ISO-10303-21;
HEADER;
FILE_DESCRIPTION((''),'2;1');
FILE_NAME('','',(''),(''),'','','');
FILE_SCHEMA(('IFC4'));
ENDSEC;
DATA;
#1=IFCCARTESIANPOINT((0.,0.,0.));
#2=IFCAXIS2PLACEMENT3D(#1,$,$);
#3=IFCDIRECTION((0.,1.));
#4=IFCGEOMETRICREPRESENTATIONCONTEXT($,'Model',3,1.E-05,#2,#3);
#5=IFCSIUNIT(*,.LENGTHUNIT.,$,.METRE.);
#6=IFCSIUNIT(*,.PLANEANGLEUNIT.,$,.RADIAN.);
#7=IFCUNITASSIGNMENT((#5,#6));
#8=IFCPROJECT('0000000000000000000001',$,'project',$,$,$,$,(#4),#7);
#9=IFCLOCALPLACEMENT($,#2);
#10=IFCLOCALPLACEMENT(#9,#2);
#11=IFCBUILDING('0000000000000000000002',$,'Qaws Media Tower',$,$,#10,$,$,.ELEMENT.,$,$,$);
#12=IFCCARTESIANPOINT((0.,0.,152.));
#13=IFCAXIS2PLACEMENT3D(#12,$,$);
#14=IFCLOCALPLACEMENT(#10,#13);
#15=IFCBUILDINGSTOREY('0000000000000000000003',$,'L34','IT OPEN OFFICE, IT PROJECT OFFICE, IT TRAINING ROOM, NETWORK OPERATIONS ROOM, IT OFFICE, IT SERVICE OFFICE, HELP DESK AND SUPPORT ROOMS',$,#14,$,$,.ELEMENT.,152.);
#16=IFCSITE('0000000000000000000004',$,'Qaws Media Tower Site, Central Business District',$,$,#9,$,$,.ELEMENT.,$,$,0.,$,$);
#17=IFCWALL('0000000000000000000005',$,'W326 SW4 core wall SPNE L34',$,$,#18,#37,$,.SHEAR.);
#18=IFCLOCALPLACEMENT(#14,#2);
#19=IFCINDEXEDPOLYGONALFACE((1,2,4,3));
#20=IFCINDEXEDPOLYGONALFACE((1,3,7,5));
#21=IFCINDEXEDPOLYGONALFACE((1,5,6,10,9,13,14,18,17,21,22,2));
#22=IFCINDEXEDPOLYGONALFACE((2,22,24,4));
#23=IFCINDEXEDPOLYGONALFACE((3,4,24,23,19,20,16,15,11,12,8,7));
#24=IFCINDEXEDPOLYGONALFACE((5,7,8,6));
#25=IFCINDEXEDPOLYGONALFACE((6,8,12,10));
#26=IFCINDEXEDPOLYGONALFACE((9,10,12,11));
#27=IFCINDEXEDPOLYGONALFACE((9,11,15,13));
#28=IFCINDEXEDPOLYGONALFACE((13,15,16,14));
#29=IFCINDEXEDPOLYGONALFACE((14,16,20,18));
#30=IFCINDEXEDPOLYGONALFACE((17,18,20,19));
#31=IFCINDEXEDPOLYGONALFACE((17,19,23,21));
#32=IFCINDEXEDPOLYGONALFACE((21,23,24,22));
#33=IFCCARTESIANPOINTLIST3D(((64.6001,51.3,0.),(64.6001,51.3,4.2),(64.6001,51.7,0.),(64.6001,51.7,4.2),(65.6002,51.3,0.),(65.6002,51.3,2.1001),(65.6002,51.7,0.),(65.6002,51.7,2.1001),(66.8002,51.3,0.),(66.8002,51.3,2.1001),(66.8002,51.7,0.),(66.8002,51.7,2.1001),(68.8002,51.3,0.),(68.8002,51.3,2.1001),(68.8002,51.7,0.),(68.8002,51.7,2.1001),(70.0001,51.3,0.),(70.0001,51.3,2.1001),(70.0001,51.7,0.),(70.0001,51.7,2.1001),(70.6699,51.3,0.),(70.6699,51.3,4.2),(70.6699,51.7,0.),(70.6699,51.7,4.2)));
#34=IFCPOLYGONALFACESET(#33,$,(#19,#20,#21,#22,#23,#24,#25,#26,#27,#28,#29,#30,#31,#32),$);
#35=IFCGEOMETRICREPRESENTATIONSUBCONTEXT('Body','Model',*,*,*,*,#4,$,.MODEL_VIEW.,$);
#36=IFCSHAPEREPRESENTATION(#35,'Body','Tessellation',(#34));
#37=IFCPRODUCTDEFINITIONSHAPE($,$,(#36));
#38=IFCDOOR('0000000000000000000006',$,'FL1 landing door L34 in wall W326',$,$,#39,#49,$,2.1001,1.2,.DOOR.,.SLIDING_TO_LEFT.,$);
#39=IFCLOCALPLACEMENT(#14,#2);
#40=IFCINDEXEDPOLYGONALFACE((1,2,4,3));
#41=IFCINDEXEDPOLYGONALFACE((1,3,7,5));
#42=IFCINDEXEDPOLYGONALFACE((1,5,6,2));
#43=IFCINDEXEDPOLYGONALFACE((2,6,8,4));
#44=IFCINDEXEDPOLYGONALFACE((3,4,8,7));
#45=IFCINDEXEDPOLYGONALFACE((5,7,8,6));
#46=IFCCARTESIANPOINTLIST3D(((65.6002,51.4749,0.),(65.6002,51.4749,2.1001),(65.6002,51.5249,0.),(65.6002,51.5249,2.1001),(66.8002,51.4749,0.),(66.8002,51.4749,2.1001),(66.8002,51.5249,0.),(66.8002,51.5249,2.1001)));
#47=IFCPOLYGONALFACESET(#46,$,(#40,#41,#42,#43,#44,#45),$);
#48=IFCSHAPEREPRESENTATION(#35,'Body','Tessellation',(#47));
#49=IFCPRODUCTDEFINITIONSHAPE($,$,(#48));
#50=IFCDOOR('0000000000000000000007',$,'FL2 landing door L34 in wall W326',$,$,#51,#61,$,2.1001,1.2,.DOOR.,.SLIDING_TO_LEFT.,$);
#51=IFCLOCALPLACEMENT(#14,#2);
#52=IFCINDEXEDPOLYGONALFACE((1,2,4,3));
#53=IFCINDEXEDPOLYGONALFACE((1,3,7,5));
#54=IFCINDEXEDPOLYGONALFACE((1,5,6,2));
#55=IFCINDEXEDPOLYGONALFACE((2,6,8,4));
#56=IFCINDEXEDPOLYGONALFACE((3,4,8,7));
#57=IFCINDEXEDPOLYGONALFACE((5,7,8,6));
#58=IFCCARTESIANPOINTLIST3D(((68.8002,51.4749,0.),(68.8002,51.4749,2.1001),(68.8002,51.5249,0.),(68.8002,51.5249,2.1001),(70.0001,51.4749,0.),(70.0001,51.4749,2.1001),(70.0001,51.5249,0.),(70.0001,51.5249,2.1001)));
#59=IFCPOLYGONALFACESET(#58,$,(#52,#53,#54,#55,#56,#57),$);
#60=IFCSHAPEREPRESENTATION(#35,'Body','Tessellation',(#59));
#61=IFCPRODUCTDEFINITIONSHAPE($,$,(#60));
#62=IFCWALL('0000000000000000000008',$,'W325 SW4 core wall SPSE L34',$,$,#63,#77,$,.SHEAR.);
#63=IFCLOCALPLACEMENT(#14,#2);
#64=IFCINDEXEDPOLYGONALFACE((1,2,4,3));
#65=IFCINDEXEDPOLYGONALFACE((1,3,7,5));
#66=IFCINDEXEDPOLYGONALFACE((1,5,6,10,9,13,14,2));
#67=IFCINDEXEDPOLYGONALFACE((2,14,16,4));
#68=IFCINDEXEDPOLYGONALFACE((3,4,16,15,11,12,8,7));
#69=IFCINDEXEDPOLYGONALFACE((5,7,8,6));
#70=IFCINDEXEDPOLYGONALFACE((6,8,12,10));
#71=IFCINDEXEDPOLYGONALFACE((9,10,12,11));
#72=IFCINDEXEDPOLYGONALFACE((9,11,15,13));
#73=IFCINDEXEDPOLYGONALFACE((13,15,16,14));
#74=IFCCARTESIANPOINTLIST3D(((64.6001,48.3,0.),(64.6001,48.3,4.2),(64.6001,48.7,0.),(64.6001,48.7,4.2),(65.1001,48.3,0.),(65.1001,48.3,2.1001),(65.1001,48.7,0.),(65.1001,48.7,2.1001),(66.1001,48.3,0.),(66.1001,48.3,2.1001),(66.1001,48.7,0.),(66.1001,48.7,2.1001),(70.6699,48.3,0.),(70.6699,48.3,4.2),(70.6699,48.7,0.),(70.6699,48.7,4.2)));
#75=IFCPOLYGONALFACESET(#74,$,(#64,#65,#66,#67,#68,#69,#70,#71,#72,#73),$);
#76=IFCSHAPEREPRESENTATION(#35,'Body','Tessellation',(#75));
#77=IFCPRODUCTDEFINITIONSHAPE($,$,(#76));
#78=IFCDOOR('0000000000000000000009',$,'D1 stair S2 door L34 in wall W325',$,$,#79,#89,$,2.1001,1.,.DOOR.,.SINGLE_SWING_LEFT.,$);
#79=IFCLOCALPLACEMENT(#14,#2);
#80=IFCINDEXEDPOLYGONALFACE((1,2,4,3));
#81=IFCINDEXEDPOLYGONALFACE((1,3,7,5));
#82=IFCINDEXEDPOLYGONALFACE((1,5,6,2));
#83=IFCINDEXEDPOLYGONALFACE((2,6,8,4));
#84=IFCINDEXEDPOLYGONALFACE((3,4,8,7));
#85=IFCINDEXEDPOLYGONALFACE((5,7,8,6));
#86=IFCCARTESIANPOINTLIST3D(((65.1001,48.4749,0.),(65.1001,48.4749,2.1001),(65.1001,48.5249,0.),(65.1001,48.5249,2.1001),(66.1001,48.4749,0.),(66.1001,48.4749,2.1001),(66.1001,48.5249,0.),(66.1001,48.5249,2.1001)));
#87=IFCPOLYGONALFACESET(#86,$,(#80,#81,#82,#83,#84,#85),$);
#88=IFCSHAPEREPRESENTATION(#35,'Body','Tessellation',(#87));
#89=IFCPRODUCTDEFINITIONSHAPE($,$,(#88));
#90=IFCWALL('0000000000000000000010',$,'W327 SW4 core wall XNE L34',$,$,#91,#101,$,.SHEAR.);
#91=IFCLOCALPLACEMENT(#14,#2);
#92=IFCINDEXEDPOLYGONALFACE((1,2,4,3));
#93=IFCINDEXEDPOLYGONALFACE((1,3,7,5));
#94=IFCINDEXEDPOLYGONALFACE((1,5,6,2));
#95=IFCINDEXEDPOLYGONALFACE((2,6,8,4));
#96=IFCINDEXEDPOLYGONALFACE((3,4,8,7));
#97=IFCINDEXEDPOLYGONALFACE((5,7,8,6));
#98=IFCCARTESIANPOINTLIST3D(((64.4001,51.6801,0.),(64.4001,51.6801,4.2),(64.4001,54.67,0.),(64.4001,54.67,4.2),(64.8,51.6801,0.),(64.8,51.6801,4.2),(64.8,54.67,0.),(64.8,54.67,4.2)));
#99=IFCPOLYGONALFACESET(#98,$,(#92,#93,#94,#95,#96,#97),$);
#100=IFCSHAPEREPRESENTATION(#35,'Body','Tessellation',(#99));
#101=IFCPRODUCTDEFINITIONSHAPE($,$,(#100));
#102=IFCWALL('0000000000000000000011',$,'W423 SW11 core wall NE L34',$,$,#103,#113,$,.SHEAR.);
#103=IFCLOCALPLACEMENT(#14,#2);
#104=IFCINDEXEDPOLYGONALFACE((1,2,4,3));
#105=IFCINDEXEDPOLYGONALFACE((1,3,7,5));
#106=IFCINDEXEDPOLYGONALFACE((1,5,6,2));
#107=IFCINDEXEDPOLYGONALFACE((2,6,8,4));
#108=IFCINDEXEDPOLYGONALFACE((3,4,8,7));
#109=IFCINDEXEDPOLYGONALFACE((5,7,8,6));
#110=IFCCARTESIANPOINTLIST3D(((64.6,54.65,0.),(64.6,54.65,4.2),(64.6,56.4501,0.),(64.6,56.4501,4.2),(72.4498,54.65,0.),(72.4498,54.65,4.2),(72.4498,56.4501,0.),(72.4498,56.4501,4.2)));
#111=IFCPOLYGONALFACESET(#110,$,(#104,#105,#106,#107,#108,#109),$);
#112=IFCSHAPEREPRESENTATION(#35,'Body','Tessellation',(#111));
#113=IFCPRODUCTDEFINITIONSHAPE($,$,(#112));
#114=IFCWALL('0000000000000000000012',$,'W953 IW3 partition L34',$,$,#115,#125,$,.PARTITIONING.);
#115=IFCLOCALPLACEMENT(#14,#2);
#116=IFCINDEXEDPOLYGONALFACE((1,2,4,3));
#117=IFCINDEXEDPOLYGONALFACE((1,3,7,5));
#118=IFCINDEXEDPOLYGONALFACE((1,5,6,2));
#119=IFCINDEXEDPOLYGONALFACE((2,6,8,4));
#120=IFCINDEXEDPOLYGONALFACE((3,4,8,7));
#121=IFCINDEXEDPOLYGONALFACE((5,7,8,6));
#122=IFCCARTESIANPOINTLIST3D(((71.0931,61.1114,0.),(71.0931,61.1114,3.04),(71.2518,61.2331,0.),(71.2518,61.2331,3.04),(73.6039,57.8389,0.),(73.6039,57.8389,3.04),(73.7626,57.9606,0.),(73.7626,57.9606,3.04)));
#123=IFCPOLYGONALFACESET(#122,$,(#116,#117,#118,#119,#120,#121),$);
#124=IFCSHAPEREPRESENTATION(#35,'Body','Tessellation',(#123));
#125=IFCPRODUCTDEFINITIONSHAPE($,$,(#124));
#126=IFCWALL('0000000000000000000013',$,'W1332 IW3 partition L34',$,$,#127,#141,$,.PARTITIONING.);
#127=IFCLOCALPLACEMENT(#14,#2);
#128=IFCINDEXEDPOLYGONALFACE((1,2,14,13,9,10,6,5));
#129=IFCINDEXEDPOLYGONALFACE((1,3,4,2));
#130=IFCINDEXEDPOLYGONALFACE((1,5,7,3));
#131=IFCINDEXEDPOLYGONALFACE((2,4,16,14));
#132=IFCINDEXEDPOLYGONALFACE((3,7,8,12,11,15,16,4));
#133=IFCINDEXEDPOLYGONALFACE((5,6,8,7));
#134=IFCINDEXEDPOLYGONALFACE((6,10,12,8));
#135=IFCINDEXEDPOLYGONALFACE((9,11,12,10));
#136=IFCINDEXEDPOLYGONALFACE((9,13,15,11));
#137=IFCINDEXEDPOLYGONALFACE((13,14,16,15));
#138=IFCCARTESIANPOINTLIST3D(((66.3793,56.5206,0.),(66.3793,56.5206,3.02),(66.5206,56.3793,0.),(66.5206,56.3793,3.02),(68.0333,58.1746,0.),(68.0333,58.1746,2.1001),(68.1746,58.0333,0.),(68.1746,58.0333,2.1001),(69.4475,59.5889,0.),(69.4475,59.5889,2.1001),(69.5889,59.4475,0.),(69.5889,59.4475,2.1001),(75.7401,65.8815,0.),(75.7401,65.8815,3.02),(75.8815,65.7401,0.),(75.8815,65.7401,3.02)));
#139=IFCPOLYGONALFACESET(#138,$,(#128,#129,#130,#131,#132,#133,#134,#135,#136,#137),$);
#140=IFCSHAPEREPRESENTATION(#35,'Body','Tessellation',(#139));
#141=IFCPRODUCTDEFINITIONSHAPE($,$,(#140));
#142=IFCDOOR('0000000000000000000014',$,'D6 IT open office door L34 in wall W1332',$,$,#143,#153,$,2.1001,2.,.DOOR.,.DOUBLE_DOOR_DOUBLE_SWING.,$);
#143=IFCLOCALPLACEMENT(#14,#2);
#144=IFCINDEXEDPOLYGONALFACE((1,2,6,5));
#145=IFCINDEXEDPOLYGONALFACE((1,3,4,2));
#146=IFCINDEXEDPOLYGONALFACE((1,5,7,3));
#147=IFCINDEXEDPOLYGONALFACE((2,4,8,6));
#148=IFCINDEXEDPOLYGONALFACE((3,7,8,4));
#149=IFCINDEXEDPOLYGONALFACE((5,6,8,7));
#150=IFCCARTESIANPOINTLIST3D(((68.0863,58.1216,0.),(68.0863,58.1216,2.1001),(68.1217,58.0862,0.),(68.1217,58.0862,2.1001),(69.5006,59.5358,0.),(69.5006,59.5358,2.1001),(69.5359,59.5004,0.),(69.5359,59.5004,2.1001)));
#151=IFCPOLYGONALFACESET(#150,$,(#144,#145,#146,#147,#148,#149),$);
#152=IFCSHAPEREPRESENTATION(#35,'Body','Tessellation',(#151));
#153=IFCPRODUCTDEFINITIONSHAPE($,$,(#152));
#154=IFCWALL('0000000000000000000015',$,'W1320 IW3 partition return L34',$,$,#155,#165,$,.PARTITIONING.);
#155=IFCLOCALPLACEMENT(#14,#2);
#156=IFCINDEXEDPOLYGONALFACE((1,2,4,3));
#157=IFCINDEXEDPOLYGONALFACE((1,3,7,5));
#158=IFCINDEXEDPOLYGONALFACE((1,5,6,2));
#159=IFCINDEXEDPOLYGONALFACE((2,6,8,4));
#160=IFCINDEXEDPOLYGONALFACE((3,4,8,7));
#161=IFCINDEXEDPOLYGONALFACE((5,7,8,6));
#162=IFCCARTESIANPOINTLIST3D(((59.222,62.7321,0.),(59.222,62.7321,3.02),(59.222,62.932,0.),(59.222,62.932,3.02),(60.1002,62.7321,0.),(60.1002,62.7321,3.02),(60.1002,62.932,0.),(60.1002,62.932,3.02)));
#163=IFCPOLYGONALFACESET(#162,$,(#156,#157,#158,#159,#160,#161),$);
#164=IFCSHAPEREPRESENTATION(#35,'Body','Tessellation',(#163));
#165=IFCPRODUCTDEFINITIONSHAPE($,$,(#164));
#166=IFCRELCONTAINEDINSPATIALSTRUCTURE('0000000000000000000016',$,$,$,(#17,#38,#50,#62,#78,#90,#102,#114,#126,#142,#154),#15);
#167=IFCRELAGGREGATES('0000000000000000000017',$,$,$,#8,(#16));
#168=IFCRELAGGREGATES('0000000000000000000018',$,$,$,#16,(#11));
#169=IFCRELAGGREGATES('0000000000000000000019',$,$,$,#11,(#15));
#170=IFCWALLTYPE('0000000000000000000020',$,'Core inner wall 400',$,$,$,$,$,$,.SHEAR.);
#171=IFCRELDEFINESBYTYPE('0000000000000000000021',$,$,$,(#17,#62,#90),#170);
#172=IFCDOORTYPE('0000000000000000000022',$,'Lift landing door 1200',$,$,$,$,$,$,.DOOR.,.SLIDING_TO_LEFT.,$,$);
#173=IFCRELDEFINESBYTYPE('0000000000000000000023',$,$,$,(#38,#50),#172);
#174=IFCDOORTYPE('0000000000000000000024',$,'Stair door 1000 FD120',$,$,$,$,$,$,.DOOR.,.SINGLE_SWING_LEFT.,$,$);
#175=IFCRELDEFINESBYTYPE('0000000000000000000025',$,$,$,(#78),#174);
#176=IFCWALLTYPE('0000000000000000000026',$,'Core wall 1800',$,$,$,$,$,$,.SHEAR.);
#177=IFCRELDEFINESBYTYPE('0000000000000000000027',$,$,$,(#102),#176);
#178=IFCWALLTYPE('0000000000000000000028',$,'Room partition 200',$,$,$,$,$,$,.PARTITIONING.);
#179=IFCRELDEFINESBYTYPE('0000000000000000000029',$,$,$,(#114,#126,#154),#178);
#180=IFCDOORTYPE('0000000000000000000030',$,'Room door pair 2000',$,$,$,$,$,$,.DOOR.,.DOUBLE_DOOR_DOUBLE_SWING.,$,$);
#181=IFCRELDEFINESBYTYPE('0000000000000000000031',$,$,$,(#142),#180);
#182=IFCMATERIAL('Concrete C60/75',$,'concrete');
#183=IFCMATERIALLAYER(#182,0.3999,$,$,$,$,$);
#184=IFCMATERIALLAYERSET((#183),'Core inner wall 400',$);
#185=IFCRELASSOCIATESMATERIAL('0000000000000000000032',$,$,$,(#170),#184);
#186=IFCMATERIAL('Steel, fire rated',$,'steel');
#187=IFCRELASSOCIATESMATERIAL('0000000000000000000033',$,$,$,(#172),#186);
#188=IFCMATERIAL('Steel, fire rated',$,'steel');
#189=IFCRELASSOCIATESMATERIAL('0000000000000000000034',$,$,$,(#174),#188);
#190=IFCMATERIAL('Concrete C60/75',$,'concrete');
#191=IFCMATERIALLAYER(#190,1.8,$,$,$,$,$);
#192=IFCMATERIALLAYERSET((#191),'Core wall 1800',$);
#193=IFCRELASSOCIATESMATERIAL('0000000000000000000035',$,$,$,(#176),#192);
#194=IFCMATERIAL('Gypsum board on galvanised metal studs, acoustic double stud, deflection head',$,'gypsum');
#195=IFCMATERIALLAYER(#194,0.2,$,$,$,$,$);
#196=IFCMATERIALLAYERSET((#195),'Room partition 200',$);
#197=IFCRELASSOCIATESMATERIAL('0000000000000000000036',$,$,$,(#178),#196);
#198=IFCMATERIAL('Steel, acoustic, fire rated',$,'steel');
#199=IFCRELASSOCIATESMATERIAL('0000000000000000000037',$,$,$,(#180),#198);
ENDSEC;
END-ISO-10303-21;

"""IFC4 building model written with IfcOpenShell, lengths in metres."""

from ifc_helpers import new_model, si_unit, direction, frame, frame_2d, origin, place, context, subcontext, project, spatial, rectangle, extrude, material, layer, layer_set, type_object, element, fill, save


model = new_model("IFC4")

# Units and contexts
model_context = context("Model", 3, precision=1e-05, world=origin(), true_north=direction((0.0, 1.0)))
body_context = subcontext(model_context, "Body", "Model", "MODEL_VIEW")
ifc_project = project(units=[si_unit("LENGTHUNIT", "METRE"), si_unit("PLANEANGLEUNIT", "RADIAN")], contexts=[model_context])

# Site, building, storey
site_placement = place(None, origin())
site = spatial("IfcSite", under=ifc_project, at=site_placement, Name="Qaws Media Tower Site, Central Business District", CompositionType="ELEMENT", RefElevation=0.0)
building_placement = place(site_placement, origin())
building = spatial("IfcBuilding", under=site, at=building_placement, Name="Qaws Media Tower", CompositionType="ELEMENT")
storey_placement = place(building_placement, frame((0.0, 0.0, 152.0)))
storey = spatial("IfcBuildingStorey", under=building, at=storey_placement, Name="L34", Description="IT OPEN OFFICE, IT PROJECT OFFICE, IT TRAINING ROOM, NETWORK OPERATIONS ROOM, IT OFFICE, IT SERVICE OFFICE, HELP DESK AND SUPPORT ROOMS", CompositionType="ELEMENT", Elevation=152.0)

# Wall, openings, doors
ifc_material_1 = material(Name="Concrete C60/75", Category="concrete")
ifc_layer_1 = layer(ifc_material_1, 0.3999)
ifc_layer_set_1 = layer_set([ifc_layer_1], Name="Core inner wall 400")
wall_type_1 = type_object("IfcWallType", Name="Core inner wall 400", PredefinedType="SHEAR", material=ifc_layer_set_1)
wall_1_placement = place(storey_placement, frame((64.6001, 51.5, 0.0), z_axis=(0.0, 0.0, 1.0), x_axis=(1.0, 0.0, 0.0)))
wall_1 = element("IfcWall", 1, at=wall_1_placement, inside=storey, type_object=wall_type_1, Name="W326 SW4 core wall SPNE L34", PredefinedType="SHEAR", context=body_context, shape_type="SweptSolid", body=[
    extrude(rectangle(XDim=6.0698, YDim=0.3999, at=frame_2d((3.0349, 0.0))), origin(), (0.0, 0.0, 1.0), 4.2),
])
opening_1_placement = place(wall_1_placement, frame((1.0, 0.0, 0.0)))
opening_1 = element("IfcOpeningElement", 2, at=opening_1_placement, cuts=wall_1, PredefinedType="OPENING", context=body_context, shape_type="SweptSolid", body=[
    extrude(rectangle(XDim=1.2, YDim=2.1001, at=frame_2d((0.6001, 1.05))), frame((0.0, 0.21, 0.0), z_axis=(0.0, -1.0, 0.0), x_axis=(1.0, 0.0, 0.0)), (0.0, 0.0, 1.0), 0.4199),
])
opening_2_placement = place(wall_1_placement, frame((4.2, 0.0, 0.0)))
opening_2 = element("IfcOpeningElement", 3, at=opening_2_placement, cuts=wall_1, PredefinedType="OPENING", context=body_context, shape_type="SweptSolid", body=[
    extrude(rectangle(XDim=1.2, YDim=2.1001, at=frame_2d((0.6001, 1.05))), frame((0.0, 0.21, 0.0), z_axis=(0.0, -1.0, 0.0), x_axis=(1.0, 0.0, 0.0)), (0.0, 0.0, 1.0), 0.4199),
])
ifc_material_2 = material(Name="Steel, fire rated", Category="steel")
door_type_1 = type_object("IfcDoorType", Name="Lift landing door 1200", OperationType="SLIDING_TO_LEFT", PredefinedType="DOOR", material=ifc_material_2)
door_1_placement = place(opening_1_placement, origin())
door_1 = element("IfcDoor", 4, at=door_1_placement, inside=storey, type_object=door_type_1, Name="FL1 landing door L34 in wall W326", OperationType="SLIDING_TO_LEFT", OverallHeight=2.1001, OverallWidth=1.2, PredefinedType="DOOR", context=body_context, shape_type="SweptSolid", body=[
    extrude(rectangle(XDim=1.2, YDim=2.1001, at=frame_2d((0.6001, 1.05))), frame((0.0, 0.0249, 0.0), z_axis=(0.0, -1.0, 0.0), x_axis=(1.0, 0.0, 0.0)), (0.0, 0.0, 1.0), 0.05),
])
fill(opening_1, door_1)
door_2_placement = place(opening_2_placement, origin())
door_2 = element("IfcDoor", 5, at=door_2_placement, inside=storey, type_object=door_type_1, Name="FL2 landing door L34 in wall W326", OperationType="SLIDING_TO_LEFT", OverallHeight=2.1001, OverallWidth=1.2, PredefinedType="DOOR", context=body_context, shape_type="SweptSolid", body=[
    extrude(rectangle(XDim=1.2, YDim=2.1001, at=frame_2d((0.6001, 1.05))), frame((0.0, 0.0249, 0.0), z_axis=(0.0, -1.0, 0.0), x_axis=(1.0, 0.0, 0.0)), (0.0, 0.0, 1.0), 0.05),
])
fill(opening_2, door_2)

# Wall, opening, door
wall_2_placement = place(storey_placement, frame((64.6001, 48.5, 0.0), z_axis=(0.0, 0.0, 1.0), x_axis=(1.0, 0.0, 0.0)))
wall_2 = element("IfcWall", 6, at=wall_2_placement, inside=storey, type_object=wall_type_1, Name="W325 SW4 core wall SPSE L34", PredefinedType="SHEAR", context=body_context, shape_type="SweptSolid", body=[
    extrude(rectangle(XDim=6.0698, YDim=0.3999, at=frame_2d((3.0349, 0.0))), origin(), (0.0, 0.0, 1.0), 4.2),
])
opening_3_placement = place(wall_2_placement, frame((0.5, 0.0, 0.0)))
opening_3 = element("IfcOpeningElement", 7, at=opening_3_placement, cuts=wall_2, PredefinedType="OPENING", context=body_context, shape_type="SweptSolid", body=[
    extrude(rectangle(XDim=1.0, YDim=2.1001, at=frame_2d((0.5, 1.05))), frame((0.0, 0.21, 0.0), z_axis=(0.0, -1.0, 0.0), x_axis=(1.0, 0.0, 0.0)), (0.0, 0.0, 1.0), 0.4199),
])
ifc_material_3 = material(Name="Steel, fire rated", Category="steel")
door_type_2 = type_object("IfcDoorType", Name="Stair door 1000 FD120", OperationType="SINGLE_SWING_LEFT", PredefinedType="DOOR", material=ifc_material_3)
door_3_placement = place(opening_3_placement, origin())
door_3 = element("IfcDoor", 8, at=door_3_placement, inside=storey, type_object=door_type_2, Name="D1 stair S2 door L34 in wall W325", OperationType="SINGLE_SWING_LEFT", OverallHeight=2.1001, OverallWidth=1.0, PredefinedType="DOOR", context=body_context, shape_type="SweptSolid", body=[
    extrude(rectangle(XDim=1.0, YDim=2.1001, at=frame_2d((0.5, 1.05))), frame((0.0, 0.0249, 0.0), z_axis=(0.0, -1.0, 0.0), x_axis=(1.0, 0.0, 0.0)), (0.0, 0.0, 1.0), 0.05),
])
fill(opening_3, door_3)

# Walls
wall_3_placement = place(storey_placement, frame((64.6001, 51.6799, 0.0), z_axis=(0.0, 0.0, 1.0), x_axis=(0.0, 1.0, 0.0)))
element("IfcWall", 9, at=wall_3_placement, inside=storey, type_object=wall_type_1, Name="W327 SW4 core wall XNE L34", PredefinedType="SHEAR", context=body_context, shape_type="SweptSolid", body=[
    extrude(rectangle(XDim=2.99, YDim=0.3999, at=frame_2d((1.4951, 0.0))), origin(), (0.0, 0.0, 1.0), 4.2),
])
ifc_material_4 = material(Name="Concrete C60/75", Category="concrete")
ifc_layer_2 = layer(ifc_material_4, 1.8)
ifc_layer_set_2 = layer_set([ifc_layer_2], Name="Core wall 1800")
wall_type_2 = type_object("IfcWallType", Name="Core wall 1800", PredefinedType="SHEAR", material=ifc_layer_set_2)
wall_4_placement = place(storey_placement, frame((64.6001, 55.55, 0.0), z_axis=(0.0, 0.0, 1.0), x_axis=(1.0, 0.0, 0.0)))
element("IfcWall", 10, at=wall_4_placement, inside=storey, type_object=wall_type_2, Name="W423 SW11 core wall NE L34", PredefinedType="SHEAR", context=body_context, shape_type="SweptSolid", body=[
    extrude(rectangle(XDim=7.8499, YDim=1.8, at=frame_2d((3.9248, 0.0))), origin(), (0.0, 0.0, 1.0), 4.2),
])
ifc_material_5 = material(Name="Gypsum board on galvanised metal studs, acoustic double stud, deflection head", Category="gypsum")
ifc_layer_3 = layer(ifc_material_5, 0.2)
ifc_layer_set_3 = layer_set([ifc_layer_3], Name="Room partition 200")
wall_type_3 = type_object("IfcWallType", Name="Room partition 200", PredefinedType="PARTITIONING", material=ifc_layer_set_3)
wall_5_placement = place(storey_placement, frame((71.1724, 61.1724, 0.0), z_axis=(0.0, 0.0, 1.0), x_axis=(0.608715, -0.793389, 0.0)))
element("IfcWall", 11, at=wall_5_placement, inside=storey, type_object=wall_type_3, Name="W953 IW3 partition L34", PredefinedType="PARTITIONING", context=body_context, shape_type="SweptSolid", body=[
    extrude(rectangle(XDim=4.1248, YDim=0.2, at=frame_2d((2.0625, 0.0))), origin(), (0.0, 0.0, 1.0), 3.04),
])

# Wall, opening, door
wall_6_placement = place(storey_placement, frame((66.45, 56.45, 0.0), z_axis=(0.0, 0.0, 1.0), x_axis=(0.707107, 0.707107, 0.0)))
wall_6 = element("IfcWall", 12, at=wall_6_placement, inside=storey, type_object=wall_type_3, Name="W1332 IW3 partition L34", PredefinedType="PARTITIONING", context=body_context, shape_type="SweptSolid", body=[
    extrude(rectangle(XDim=13.2383, YDim=0.2, at=frame_2d((6.6191, 0.0))), origin(), (0.0, 0.0, 1.0), 3.02),
])
opening_4_placement = place(wall_6_placement, frame((2.3391, 0.0, 0.0)))
opening_4 = element("IfcOpeningElement", 13, at=opening_4_placement, cuts=wall_6, PredefinedType="OPENING", context=body_context, shape_type="SweptSolid", body=[
    extrude(rectangle(XDim=2.0, YDim=2.1001, at=frame_2d((1.0, 1.05))), frame((0.0, 0.1099, 0.0), z_axis=(0.0, -1.0, 0.0), x_axis=(1.0, 0.0, 0.0)), (0.0, 0.0, 1.0), 0.22),
])
ifc_material_6 = material(Name="Steel, acoustic, fire rated", Category="steel")
door_type_3 = type_object("IfcDoorType", Name="Room door pair 2000", OperationType="DOUBLE_DOOR_DOUBLE_SWING", PredefinedType="DOOR", material=ifc_material_6)
door_4_placement = place(opening_4_placement, origin())
door_4 = element("IfcDoor", 14, at=door_4_placement, inside=storey, type_object=door_type_3, Name="D6 IT open office door L34 in wall W1332", OperationType="DOUBLE_DOOR_DOUBLE_SWING", OverallHeight=2.1001, OverallWidth=2.0, PredefinedType="DOOR", context=body_context, shape_type="SweptSolid", body=[
    extrude(rectangle(XDim=2.0, YDim=2.1001, at=frame_2d((1.0, 1.05))), frame((0.0, 0.0249, 0.0), z_axis=(0.0, -1.0, 0.0), x_axis=(1.0, 0.0, 0.0)), (0.0, 0.0, 1.0), 0.05),
])
fill(opening_4, door_4)

# Wall
for number, where, z_axis, x_axis, name in (
    (15, (60.1001, 62.832, 0.0), (0.0, 0.0, 1.0), (-1.0, 0.0, 0.0), "W1320 IW3 partition return L34"),
):
    element("IfcWall", number, at=place(storey_placement, frame(where, z_axis=z_axis, x_axis=x_axis)), inside=storey, type_object=wall_type_3, Name=name, PredefinedType="PARTITIONING", context=body_context, shape_type="SweptSolid", body=[
        extrude(rectangle(XDim=0.8782, YDim=0.2, at=frame_2d((0.439, 0.0))), origin(), (0.0, 0.0, 1.0), 3.02),
    ])

save(model, "model.ifc")
